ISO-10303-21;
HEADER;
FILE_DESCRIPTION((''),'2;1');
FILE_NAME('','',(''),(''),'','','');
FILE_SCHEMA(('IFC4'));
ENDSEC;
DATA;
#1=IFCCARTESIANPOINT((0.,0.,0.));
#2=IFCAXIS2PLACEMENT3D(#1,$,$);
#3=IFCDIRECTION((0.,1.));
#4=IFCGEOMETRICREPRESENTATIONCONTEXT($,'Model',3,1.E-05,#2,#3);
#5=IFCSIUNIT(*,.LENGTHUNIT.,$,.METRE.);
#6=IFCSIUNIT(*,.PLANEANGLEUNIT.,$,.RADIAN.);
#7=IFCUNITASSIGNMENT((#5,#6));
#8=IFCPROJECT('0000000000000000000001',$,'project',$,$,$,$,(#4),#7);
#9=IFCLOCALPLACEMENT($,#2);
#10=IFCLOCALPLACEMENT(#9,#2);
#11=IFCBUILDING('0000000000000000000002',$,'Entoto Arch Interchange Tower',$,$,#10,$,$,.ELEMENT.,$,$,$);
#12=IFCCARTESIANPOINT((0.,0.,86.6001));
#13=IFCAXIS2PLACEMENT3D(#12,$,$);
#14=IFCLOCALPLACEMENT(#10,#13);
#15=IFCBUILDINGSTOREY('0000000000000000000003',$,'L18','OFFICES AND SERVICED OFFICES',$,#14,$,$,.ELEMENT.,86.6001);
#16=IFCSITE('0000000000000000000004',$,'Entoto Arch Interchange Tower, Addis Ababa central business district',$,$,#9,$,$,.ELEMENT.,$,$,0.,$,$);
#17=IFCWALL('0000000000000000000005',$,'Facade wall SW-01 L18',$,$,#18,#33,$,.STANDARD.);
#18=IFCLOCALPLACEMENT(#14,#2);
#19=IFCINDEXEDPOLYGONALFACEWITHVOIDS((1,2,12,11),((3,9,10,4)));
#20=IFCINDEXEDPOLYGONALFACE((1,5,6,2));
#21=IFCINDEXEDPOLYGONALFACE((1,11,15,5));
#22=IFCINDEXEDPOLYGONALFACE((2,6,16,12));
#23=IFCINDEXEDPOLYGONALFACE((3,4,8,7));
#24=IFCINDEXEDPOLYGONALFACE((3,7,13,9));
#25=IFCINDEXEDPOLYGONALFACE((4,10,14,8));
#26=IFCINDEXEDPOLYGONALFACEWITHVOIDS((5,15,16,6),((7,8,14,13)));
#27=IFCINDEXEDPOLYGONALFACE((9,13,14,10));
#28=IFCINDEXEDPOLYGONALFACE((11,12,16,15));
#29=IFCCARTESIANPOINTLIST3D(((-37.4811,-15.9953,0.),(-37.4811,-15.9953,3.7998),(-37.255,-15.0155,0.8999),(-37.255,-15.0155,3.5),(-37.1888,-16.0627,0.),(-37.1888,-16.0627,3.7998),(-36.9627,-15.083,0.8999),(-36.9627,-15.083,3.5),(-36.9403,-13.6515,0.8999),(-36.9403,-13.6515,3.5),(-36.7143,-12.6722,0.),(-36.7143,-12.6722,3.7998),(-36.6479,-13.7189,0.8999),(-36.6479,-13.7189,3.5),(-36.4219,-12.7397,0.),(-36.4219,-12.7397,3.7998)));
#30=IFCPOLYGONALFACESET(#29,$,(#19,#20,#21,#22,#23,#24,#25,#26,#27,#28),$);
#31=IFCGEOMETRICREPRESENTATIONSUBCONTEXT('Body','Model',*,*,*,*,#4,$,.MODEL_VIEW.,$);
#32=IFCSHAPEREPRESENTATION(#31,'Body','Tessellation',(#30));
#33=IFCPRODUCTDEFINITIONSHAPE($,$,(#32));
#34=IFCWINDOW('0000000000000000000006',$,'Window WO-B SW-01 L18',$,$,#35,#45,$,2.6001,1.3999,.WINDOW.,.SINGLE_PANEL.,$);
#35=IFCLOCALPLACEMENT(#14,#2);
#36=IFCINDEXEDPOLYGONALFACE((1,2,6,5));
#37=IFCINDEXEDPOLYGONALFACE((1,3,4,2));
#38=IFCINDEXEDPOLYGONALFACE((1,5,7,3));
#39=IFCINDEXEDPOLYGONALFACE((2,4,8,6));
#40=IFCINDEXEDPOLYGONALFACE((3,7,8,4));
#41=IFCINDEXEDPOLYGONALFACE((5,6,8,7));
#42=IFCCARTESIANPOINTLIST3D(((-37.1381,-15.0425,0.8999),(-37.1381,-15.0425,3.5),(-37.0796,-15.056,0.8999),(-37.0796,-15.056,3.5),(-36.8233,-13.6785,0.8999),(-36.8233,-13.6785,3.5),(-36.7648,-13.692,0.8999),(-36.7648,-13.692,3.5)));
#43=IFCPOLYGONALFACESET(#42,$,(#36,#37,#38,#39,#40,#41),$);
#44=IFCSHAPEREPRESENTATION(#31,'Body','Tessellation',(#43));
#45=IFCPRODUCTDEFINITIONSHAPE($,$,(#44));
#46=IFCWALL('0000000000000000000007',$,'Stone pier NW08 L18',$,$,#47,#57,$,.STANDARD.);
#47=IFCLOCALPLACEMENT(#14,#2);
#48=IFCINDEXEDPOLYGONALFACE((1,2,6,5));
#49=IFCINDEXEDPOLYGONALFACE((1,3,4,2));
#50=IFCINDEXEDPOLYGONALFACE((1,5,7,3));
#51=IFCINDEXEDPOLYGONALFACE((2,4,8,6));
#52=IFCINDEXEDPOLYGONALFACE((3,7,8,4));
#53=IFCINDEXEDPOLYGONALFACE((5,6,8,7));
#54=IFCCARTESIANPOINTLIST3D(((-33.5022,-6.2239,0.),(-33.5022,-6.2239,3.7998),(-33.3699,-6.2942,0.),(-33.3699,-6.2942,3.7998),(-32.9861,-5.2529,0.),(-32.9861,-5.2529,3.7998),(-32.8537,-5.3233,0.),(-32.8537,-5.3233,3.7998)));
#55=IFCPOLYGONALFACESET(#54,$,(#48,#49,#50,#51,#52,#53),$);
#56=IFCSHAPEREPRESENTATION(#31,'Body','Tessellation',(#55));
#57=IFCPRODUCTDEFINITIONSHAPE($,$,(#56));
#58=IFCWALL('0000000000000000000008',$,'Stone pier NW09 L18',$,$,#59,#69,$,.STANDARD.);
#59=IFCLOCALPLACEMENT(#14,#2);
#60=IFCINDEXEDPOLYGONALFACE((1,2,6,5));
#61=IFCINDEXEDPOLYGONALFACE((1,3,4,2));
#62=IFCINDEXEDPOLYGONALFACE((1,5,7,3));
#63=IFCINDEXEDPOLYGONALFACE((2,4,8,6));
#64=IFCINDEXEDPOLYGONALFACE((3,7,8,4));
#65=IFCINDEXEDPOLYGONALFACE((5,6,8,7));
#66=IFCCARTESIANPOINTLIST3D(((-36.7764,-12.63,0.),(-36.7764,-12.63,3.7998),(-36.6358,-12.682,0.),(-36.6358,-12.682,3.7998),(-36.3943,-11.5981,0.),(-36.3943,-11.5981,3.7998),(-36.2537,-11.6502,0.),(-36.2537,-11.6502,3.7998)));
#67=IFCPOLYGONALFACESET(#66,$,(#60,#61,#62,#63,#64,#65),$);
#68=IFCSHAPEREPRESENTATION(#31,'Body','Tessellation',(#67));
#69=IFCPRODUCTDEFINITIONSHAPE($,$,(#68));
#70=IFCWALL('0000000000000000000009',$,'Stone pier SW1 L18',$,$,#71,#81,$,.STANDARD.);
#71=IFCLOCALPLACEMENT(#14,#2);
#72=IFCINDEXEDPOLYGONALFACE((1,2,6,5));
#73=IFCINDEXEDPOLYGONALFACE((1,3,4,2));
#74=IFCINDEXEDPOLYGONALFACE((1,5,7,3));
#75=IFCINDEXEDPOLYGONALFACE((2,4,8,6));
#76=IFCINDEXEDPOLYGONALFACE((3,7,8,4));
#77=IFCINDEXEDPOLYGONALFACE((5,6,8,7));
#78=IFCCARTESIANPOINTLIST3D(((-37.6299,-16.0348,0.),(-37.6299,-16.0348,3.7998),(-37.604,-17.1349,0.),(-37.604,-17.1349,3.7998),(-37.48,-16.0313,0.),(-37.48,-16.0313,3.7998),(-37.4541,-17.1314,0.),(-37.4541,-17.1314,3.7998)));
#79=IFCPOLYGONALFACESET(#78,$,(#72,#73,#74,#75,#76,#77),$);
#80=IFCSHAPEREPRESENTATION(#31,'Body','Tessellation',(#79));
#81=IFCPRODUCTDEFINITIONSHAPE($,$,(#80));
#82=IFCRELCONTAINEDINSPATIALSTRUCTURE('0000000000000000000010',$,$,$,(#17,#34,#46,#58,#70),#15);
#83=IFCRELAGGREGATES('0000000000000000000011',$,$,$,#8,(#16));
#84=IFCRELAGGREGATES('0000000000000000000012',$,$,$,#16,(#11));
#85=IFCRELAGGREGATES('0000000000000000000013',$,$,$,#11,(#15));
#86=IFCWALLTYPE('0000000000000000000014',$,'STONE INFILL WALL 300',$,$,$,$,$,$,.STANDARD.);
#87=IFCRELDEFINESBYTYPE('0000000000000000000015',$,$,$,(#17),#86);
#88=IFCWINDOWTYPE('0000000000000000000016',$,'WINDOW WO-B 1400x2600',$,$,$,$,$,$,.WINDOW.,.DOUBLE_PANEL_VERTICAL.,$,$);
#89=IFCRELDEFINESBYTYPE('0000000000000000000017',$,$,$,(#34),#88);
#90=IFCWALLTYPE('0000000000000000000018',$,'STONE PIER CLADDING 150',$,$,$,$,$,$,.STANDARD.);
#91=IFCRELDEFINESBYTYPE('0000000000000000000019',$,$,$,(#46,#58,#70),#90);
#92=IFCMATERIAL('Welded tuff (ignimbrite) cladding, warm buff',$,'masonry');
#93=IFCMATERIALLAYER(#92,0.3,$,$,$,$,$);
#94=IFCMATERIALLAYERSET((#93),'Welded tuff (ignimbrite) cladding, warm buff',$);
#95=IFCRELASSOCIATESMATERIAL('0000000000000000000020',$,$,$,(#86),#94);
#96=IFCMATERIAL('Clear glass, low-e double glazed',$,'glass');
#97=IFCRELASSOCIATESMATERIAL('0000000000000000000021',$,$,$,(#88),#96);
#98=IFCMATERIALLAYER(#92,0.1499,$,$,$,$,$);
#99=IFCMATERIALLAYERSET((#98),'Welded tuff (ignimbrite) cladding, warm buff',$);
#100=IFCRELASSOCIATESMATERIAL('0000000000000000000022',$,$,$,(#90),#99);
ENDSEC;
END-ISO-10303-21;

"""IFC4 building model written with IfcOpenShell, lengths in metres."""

from ifc_helpers import new_model, si_unit, direction, frame, frame_2d, origin, place, context, subcontext, project, spatial, rectangle, extrude, material, layer, layer_set, type_object, element, fill, save


model = new_model("IFC4")

# Units and contexts
model_context = context("Model", 3, precision=1e-05, world=origin(), true_north=direction((0.0, 1.0)))
body_context = subcontext(model_context, "Body", "Model", "MODEL_VIEW")
ifc_project = project(units=[si_unit("LENGTHUNIT", "METRE"), si_unit("PLANEANGLEUNIT", "RADIAN")], contexts=[model_context])

# Site, building, storey
site_placement = place(None, origin())
site = spatial("IfcSite", under=ifc_project, at=site_placement, Name="Entoto Arch Interchange Tower, Addis Ababa central business district", CompositionType="ELEMENT", RefElevation=0.0)
building_placement = place(site_placement, origin())
building = spatial("IfcBuilding", under=site, at=building_placement, Name="Entoto Arch Interchange Tower", CompositionType="ELEMENT")
storey_placement = place(building_placement, frame((0.0, 0.0, 86.6001)))
storey = spatial("IfcBuildingStorey", under=building, at=storey_placement, Name="L18", Description="OFFICES AND SERVICED OFFICES", CompositionType="ELEMENT", Elevation=86.6001)

# Shared definitions
ifc_material_1 = material(Name="Welded tuff (ignimbrite) cladding, warm buff", Category="masonry")
ifc_layer_1 = layer(ifc_material_1, 0.3)
ifc_layer_set_1 = layer_set([ifc_layer_1], Name="Welded tuff (ignimbrite) cladding, warm buff")
wall_type_1 = type_object("IfcWallType", Name="STONE INFILL WALL 300", PredefinedType="STANDARD", material=ifc_layer_set_1)
ifc_material_2 = material(Name="Clear glass, low-e double glazed", Category="glass")

# Wall, opening, window
wall_1_placement = place(storey_placement, frame((-36.5681, -12.7061, 0.0), z_axis=(0.0, 0.0, 1.0), x_axis=(-0.22486, -0.974391, 0.0)))
wall_1 = element("IfcWall", 1, at=wall_1_placement, inside=storey, type_object=wall_type_1, Name="Facade wall SW-01 L18", PredefinedType="STANDARD", context=body_context, shape_type="SweptSolid", body=[
    extrude(rectangle(XDim=3.4104, YDim=0.3, at=frame_2d((1.7051, 0.0))), origin(), (0.0, 0.0, 1.0), 3.7998),
])
opening_1_placement = place(wall_1_placement, frame((1.0049, 0.0, 0.8999)))
opening_1 = element("IfcOpeningElement", 2, at=opening_1_placement, cuts=wall_1, PredefinedType="OPENING", context=body_context, shape_type="SweptSolid", body=[
    extrude(rectangle(XDim=1.3999, YDim=2.6001, at=frame_2d((0.7, 1.3))), frame((0.0, 0.1602, 0.0), z_axis=(0.0, -1.0, 0.0), x_axis=(1.0, 0.0, 0.0)), (0.0, 0.0, 1.0), 0.3201),
])
window_type_1 = type_object("IfcWindowType", Name="WINDOW WO-B 1400x2600", PartitioningType="DOUBLE_PANEL_VERTICAL", PredefinedType="WINDOW", material=ifc_material_2)
window_1_placement = place(opening_1_placement, origin())
window_1 = element("IfcWindow", 3, at=window_1_placement, inside=storey, type_object=window_type_1, Name="Window WO-B SW-01 L18", OverallHeight=2.6001, OverallWidth=1.3999, PartitioningType="SINGLE_PANEL", PredefinedType="WINDOW", context=body_context, shape_type="SweptSolid", body=[
    extrude(rectangle(XDim=1.3999, YDim=2.6001, at=frame_2d((0.7, 1.3))), frame((0.0, 0.03, 0.0), z_axis=(0.0, -1.0, 0.0), x_axis=(1.0, 0.0, 0.0)), (0.0, 0.0, 1.0), 0.0601),
])
fill(opening_1, window_1)

# Walls
ifc_layer_2 = layer(ifc_material_1, 0.1499)
ifc_layer_set_2 = layer_set([ifc_layer_2], Name="Welded tuff (ignimbrite) cladding, warm buff")
wall_type_2 = type_object("IfcWallType", Name="STONE PIER CLADDING 150", PredefinedType="STANDARD", material=ifc_layer_set_2)
wall_2_placement = place(storey_placement, frame((-32.9199, -5.2881, 0.0), z_axis=(0.0, 0.0, 1.0), x_axis=(-0.469366, -0.883004, 0.0)))
element("IfcWall", 4, at=wall_2_placement, inside=storey, type_object=wall_type_2, Name="Stone pier NW08 L18", PredefinedType="STANDARD", context=body_context, shape_type="SweptSolid", body=[
    extrude(rectangle(XDim=1.0996, YDim=0.1499, at=frame_2d((0.5498, 0.0))), origin(), (0.0, 0.0, 1.0), 3.7998),
])
for number, where, z_axis, x_axis, name in (
    (5, (-36.324, -11.624, 0.0), (0.0, 0.0, 1.0), (-0.347206, -0.937789, 0.0), "Stone pier NW09 L18"),
    (6, (-37.5549, -16.033, 0.0), (0.0, 0.0, 1.0), (0.023518, -0.999723, 0.0), "Stone pier SW1 L18"),
):
    element("IfcWall", number, at=place(storey_placement, frame(where, z_axis=z_axis, x_axis=x_axis)), inside=storey, type_object=wall_type_2, Name=name, PredefinedType="STANDARD", context=body_context, shape_type="SweptSolid", body=[
        extrude(rectangle(XDim=1.1003, YDim=0.1499, at=frame_2d((0.5503, 0.0))), origin(), (0.0, 0.0, 1.0), 3.7998),
    ])

save(model, "model.ifc")
